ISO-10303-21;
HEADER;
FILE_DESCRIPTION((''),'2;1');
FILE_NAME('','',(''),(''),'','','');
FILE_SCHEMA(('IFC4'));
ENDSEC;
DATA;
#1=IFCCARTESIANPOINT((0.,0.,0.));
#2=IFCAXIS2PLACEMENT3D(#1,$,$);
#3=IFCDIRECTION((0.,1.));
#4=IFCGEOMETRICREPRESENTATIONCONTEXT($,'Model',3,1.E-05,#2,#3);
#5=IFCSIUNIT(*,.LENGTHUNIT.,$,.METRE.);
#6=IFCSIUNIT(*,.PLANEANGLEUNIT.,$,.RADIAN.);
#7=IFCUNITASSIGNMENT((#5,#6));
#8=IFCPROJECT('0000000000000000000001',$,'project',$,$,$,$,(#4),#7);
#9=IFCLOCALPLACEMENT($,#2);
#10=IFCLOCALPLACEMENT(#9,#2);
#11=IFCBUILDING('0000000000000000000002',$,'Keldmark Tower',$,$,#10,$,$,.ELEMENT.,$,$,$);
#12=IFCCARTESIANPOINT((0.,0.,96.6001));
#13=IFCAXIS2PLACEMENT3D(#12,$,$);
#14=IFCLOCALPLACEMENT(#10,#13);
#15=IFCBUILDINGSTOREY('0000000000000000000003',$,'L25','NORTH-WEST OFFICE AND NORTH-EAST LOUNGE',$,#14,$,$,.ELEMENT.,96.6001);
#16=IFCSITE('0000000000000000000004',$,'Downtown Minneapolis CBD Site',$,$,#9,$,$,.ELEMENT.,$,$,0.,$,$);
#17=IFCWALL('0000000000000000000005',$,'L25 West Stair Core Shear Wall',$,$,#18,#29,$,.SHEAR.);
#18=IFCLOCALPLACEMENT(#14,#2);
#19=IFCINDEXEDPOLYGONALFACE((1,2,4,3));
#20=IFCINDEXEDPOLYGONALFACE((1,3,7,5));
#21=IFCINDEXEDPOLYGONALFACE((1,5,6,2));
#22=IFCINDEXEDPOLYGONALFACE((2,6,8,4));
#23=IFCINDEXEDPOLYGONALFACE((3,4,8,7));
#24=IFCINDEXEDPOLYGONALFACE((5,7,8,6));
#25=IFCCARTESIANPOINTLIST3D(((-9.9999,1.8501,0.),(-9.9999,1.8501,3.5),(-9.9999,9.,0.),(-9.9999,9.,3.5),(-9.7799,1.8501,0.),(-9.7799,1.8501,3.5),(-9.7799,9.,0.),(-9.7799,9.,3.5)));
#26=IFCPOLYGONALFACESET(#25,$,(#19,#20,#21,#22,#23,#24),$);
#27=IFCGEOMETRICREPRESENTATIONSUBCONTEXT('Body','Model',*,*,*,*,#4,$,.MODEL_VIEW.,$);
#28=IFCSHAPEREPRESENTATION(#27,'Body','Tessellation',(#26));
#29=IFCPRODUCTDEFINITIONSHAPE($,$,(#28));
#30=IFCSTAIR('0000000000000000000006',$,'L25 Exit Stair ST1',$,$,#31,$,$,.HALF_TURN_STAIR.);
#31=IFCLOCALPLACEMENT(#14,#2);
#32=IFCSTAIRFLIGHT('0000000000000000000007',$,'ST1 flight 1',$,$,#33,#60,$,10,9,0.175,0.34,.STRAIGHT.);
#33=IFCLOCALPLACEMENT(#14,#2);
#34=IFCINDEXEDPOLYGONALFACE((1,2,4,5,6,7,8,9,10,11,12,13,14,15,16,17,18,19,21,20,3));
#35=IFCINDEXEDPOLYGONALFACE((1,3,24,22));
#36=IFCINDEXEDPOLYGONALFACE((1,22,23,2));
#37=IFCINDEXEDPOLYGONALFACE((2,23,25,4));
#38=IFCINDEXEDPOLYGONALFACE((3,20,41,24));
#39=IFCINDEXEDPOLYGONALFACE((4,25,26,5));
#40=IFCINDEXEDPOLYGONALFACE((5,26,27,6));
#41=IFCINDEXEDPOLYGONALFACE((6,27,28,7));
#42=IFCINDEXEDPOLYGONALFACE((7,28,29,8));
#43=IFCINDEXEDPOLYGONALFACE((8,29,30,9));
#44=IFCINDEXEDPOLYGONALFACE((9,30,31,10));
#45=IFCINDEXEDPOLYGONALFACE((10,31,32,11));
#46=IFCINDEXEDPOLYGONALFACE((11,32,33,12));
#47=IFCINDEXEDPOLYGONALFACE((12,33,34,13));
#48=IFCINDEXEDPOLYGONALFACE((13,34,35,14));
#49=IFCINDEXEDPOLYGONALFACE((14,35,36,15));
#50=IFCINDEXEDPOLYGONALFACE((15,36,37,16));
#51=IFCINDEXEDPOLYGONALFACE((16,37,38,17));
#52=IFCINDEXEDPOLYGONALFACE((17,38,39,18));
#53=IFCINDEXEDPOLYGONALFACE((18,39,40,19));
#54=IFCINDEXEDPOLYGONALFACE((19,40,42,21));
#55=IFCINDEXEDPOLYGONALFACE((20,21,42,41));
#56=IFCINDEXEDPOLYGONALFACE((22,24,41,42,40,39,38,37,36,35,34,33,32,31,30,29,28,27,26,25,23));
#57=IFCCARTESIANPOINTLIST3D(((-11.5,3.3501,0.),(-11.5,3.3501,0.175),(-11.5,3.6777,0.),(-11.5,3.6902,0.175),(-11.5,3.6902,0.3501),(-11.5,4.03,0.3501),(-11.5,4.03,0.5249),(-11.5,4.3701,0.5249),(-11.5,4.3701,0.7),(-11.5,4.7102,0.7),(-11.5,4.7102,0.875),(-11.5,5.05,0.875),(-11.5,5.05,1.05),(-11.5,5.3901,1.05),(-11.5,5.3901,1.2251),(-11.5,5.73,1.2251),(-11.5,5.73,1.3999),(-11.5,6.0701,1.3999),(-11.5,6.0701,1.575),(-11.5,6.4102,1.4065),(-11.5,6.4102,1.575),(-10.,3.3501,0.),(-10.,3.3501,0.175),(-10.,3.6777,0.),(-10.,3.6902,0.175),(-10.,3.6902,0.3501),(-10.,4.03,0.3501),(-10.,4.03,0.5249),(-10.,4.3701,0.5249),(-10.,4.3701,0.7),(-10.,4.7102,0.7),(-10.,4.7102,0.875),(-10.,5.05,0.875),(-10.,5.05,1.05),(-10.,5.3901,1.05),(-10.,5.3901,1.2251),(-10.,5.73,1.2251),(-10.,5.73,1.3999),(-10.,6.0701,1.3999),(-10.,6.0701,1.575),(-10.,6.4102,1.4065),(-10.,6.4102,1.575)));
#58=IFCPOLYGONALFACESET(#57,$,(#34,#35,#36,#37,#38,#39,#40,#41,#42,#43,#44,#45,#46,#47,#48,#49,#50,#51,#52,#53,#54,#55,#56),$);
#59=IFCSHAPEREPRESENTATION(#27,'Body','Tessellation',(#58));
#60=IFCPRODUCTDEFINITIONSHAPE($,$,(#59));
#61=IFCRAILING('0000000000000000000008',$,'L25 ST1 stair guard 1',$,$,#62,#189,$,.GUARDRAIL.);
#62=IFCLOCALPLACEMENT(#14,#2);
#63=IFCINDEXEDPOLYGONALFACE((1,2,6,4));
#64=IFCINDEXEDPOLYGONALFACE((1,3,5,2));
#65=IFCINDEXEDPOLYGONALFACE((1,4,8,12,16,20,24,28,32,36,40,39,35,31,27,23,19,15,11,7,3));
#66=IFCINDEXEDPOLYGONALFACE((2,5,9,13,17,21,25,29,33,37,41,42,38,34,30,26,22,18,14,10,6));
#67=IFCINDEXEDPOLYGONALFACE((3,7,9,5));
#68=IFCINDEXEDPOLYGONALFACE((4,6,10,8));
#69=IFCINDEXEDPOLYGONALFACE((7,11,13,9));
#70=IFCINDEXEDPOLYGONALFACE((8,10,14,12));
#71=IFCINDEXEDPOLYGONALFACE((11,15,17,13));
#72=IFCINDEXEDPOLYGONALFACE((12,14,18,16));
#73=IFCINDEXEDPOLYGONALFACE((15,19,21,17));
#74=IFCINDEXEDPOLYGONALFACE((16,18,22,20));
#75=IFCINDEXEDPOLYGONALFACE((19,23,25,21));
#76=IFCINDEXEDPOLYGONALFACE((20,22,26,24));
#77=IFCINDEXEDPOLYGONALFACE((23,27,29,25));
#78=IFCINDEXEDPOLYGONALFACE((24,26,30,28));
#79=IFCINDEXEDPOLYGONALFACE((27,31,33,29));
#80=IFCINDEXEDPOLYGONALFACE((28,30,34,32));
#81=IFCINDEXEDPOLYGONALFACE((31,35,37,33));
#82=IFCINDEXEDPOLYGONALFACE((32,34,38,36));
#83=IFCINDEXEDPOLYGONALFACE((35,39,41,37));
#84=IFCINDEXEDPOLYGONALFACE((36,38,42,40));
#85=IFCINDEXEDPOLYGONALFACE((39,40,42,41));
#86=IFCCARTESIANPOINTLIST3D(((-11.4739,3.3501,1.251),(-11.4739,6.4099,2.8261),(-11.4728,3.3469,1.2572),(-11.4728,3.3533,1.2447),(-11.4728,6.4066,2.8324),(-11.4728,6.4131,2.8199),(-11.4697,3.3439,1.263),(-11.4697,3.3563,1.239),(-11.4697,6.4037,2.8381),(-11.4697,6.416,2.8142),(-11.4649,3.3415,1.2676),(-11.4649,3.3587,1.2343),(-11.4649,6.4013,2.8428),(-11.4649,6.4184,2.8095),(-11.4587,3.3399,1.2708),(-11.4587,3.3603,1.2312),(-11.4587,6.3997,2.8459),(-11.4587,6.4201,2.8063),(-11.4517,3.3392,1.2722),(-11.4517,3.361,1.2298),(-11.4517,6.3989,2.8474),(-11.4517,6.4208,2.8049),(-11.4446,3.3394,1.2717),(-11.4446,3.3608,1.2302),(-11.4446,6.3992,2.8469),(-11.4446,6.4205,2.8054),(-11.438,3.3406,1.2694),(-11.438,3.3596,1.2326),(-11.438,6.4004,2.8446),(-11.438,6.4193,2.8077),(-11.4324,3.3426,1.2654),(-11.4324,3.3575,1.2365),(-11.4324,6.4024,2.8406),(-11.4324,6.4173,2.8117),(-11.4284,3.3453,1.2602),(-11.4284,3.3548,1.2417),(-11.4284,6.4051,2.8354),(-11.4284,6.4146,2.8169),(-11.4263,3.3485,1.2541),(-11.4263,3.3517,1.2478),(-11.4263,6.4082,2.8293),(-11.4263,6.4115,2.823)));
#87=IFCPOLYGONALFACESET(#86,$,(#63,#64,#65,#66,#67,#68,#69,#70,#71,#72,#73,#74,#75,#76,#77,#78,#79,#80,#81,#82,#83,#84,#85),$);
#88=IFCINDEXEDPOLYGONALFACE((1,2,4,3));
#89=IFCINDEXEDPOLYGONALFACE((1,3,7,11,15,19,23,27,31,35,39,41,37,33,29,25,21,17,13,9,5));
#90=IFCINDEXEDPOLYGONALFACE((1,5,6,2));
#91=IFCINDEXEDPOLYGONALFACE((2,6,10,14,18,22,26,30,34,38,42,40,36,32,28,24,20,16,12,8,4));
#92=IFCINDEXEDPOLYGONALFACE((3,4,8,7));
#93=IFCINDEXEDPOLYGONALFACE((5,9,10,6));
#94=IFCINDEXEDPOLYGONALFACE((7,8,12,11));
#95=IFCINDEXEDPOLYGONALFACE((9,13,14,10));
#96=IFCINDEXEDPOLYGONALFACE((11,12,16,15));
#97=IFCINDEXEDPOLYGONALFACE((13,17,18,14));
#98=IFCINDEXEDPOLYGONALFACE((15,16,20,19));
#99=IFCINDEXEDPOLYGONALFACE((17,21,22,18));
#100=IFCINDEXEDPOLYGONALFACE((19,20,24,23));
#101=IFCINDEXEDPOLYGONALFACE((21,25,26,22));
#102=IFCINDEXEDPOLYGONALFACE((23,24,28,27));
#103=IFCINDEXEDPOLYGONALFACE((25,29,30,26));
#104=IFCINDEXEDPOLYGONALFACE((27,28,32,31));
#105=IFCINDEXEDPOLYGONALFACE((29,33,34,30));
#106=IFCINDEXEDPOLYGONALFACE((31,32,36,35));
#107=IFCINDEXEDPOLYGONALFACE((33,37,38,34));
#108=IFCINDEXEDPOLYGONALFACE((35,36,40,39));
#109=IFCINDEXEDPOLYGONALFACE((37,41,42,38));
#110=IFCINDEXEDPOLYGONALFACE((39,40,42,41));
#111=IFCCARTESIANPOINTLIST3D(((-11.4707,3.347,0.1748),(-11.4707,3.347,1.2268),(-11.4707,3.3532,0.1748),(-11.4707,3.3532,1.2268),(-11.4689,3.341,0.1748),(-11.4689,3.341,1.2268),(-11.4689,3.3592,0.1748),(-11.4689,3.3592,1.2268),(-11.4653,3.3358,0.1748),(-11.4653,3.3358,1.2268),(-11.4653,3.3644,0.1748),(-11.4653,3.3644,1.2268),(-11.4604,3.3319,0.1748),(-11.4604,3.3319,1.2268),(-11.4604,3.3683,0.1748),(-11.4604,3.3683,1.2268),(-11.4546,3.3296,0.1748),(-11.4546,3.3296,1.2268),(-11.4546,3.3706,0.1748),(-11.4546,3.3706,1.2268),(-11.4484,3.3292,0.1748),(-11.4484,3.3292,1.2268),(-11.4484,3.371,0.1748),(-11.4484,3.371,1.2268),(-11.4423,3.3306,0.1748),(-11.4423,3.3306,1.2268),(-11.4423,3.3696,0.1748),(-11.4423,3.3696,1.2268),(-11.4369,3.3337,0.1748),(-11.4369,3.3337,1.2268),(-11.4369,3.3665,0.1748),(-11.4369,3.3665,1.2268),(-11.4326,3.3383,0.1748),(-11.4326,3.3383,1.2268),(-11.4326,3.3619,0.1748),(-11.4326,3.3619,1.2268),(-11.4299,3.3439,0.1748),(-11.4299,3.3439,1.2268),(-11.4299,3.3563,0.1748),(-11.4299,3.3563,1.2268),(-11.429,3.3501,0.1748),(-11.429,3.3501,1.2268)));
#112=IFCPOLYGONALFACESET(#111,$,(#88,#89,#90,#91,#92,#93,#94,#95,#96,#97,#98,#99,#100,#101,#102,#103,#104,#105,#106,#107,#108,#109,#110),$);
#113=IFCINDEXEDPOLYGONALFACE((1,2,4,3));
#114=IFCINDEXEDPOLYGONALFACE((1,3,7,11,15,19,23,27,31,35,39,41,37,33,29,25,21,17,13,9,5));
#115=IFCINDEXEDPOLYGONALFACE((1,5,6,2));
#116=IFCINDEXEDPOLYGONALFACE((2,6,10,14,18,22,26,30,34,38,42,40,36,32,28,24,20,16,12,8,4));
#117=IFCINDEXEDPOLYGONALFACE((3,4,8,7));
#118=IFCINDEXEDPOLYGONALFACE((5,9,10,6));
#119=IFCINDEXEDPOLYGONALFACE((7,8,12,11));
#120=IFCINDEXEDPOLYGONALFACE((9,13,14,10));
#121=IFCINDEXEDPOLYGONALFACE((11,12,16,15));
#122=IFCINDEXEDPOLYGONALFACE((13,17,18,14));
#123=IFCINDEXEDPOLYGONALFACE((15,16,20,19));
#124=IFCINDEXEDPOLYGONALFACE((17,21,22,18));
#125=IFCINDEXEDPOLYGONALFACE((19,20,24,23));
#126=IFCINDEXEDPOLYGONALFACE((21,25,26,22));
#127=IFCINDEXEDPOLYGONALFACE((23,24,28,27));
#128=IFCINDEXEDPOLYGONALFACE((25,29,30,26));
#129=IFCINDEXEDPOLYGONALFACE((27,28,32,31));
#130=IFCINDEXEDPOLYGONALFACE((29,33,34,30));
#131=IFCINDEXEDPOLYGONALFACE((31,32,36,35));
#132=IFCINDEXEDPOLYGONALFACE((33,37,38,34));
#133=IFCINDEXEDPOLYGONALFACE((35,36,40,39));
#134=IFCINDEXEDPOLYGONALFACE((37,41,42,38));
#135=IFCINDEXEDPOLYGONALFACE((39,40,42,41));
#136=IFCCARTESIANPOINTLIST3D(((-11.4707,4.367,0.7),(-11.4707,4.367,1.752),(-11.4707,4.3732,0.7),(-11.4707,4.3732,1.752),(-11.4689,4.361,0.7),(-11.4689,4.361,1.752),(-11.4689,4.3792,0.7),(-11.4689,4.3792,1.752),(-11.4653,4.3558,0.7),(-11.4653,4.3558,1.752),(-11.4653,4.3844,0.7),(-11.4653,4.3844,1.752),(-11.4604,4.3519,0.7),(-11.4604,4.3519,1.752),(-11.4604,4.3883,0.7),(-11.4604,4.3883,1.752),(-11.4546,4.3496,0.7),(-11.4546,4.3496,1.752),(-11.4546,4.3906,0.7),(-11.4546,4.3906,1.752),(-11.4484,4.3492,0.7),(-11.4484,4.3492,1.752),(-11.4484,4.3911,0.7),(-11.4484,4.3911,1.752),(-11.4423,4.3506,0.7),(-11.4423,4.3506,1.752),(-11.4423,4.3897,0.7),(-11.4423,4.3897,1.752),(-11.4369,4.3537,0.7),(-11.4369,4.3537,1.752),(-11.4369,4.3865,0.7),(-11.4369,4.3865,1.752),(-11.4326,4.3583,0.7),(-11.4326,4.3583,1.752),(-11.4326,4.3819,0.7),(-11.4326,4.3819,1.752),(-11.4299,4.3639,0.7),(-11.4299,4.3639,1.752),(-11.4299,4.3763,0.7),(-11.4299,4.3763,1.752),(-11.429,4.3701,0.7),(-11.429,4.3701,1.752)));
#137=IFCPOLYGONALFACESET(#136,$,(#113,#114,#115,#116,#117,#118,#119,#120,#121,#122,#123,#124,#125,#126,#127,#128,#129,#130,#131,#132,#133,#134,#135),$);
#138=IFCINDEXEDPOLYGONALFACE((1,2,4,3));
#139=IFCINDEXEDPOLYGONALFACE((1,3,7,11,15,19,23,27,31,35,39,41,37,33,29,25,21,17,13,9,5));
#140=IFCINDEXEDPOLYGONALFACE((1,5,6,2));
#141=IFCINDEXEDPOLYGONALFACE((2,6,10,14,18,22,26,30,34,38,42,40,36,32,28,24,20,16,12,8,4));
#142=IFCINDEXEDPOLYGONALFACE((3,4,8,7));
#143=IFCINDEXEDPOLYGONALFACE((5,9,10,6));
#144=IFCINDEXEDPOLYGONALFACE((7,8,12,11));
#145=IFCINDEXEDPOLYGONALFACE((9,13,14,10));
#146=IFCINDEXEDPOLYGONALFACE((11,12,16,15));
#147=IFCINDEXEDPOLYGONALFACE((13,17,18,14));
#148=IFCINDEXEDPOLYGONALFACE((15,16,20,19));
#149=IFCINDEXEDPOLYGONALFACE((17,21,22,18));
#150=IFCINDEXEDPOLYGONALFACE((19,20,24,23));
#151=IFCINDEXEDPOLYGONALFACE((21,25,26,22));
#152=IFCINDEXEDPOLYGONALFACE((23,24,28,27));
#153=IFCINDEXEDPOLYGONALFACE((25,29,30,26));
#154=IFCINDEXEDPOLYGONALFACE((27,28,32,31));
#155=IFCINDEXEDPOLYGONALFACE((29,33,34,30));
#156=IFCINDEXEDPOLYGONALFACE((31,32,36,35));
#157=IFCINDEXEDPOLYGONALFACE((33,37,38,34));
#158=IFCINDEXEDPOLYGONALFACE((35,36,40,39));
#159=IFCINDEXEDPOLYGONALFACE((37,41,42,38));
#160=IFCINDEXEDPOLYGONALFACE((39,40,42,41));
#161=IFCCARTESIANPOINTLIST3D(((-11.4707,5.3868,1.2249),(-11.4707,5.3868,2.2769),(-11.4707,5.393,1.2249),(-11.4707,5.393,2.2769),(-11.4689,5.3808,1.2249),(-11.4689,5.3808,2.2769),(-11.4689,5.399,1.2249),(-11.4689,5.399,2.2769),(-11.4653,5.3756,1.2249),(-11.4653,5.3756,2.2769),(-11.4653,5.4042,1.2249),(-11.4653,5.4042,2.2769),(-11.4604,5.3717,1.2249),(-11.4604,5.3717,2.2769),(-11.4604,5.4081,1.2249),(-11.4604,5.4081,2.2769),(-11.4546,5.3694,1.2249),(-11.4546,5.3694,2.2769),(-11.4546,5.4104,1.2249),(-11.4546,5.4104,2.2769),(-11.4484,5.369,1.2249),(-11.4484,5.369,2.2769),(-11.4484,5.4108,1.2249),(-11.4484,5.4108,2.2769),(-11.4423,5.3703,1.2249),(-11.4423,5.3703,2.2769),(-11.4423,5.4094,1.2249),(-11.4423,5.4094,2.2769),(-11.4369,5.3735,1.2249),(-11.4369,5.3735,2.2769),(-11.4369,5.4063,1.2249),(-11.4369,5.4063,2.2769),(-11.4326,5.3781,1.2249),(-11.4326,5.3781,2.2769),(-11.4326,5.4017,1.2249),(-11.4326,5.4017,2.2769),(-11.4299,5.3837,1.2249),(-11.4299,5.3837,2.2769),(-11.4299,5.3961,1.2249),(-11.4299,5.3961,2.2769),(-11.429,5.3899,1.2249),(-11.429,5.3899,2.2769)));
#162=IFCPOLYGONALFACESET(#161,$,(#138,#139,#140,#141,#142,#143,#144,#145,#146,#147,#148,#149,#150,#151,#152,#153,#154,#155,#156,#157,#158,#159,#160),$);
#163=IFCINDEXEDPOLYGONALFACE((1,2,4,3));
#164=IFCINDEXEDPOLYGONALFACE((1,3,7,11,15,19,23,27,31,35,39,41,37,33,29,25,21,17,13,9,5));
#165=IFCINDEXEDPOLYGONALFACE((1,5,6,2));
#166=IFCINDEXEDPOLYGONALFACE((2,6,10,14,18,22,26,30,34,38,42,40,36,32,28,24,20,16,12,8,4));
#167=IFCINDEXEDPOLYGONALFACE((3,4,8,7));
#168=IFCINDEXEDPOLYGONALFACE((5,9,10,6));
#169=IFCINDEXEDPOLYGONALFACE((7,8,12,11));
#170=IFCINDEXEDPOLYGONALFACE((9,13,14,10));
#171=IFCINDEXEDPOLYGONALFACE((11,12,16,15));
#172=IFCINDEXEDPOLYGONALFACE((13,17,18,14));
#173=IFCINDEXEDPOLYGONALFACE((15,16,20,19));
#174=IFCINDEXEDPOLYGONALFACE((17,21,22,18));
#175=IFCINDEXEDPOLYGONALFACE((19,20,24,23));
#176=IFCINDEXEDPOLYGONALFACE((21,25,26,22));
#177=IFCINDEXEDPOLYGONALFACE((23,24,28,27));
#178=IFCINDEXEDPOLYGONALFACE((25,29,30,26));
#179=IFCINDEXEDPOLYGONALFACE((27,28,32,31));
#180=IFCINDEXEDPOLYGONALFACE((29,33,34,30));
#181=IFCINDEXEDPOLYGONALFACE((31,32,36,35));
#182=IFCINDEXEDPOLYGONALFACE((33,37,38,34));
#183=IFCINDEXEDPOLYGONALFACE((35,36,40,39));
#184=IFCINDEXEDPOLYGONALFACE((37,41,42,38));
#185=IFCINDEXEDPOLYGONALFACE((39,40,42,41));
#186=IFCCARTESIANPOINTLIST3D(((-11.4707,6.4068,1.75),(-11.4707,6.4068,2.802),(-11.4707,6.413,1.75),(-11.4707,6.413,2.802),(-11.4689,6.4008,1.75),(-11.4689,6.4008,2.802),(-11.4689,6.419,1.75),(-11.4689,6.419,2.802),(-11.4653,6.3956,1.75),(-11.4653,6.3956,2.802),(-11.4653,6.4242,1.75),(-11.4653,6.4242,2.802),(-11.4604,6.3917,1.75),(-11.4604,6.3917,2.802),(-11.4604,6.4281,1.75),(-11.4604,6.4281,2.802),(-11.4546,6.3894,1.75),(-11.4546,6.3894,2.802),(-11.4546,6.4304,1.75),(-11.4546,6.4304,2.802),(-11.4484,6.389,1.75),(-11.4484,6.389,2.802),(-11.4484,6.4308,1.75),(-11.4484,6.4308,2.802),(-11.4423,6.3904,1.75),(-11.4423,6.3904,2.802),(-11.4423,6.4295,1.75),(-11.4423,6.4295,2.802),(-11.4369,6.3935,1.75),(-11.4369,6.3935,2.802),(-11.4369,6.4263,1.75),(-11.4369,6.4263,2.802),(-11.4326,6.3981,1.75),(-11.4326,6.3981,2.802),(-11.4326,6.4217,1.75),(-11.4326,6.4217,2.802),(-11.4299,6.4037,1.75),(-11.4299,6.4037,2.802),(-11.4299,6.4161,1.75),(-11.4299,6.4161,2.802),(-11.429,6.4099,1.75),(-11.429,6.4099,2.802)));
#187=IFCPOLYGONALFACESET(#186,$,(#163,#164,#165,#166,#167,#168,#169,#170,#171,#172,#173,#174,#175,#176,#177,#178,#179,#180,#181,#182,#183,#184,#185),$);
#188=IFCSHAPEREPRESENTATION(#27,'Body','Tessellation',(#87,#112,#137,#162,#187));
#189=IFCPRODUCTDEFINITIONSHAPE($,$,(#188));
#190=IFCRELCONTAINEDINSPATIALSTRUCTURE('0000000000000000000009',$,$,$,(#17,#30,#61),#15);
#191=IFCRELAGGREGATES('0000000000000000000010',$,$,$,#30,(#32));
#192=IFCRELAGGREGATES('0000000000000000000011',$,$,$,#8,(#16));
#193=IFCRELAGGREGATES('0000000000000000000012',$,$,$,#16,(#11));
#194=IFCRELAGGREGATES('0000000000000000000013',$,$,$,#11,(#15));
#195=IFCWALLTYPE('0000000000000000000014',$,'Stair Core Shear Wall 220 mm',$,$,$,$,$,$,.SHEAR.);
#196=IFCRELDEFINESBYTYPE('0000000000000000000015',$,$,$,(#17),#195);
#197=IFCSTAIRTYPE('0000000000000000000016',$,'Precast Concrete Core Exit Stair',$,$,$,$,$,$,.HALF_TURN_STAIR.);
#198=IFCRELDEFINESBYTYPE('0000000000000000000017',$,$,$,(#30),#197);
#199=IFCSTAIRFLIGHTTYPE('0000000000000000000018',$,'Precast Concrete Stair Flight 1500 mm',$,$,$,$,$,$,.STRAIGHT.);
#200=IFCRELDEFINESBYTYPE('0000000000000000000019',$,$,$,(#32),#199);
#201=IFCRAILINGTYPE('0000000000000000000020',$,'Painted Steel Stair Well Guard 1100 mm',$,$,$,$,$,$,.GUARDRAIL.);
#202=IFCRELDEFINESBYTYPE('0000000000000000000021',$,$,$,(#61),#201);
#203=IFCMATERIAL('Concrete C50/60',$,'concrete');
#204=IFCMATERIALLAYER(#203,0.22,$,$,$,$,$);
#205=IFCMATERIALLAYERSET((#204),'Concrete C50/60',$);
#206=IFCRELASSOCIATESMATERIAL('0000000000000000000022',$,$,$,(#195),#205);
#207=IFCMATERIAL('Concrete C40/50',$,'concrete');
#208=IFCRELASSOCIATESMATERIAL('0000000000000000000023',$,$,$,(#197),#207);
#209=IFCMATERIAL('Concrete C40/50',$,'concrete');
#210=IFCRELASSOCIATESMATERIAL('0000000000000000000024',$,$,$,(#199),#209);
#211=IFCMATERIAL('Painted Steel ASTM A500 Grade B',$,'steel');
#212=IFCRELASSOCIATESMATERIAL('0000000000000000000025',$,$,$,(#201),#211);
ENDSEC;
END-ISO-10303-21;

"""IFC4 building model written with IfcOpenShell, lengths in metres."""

from ifc_helpers import new_model, si_unit, direction, frame, frame_2d, origin, origin_2d, place, context, subcontext, project, spatial, polyline, rectangle, circle, outline, extrude, material, layer, layer_set, type_object, element, aggregate, save


model = new_model("IFC4")

# Units and contexts
model_context = context("Model", 3, precision=1e-05, world=origin(), true_north=direction((0.0, 1.0)))
body_context = subcontext(model_context, "Body", "Model", "MODEL_VIEW")
ifc_project = project(units=[si_unit("LENGTHUNIT", "METRE"), si_unit("PLANEANGLEUNIT", "RADIAN")], contexts=[model_context])

# Site, building, storey
site_placement = place(None, origin())
site = spatial("IfcSite", under=ifc_project, at=site_placement, Name="Downtown Minneapolis CBD Site", CompositionType="ELEMENT", RefElevation=0.0)
building_placement = place(site_placement, origin())
building = spatial("IfcBuilding", under=site, at=building_placement, Name="Keldmark Tower", CompositionType="ELEMENT")
storey_placement = place(building_placement, frame((0.0, 0.0, 96.6001)))
storey = spatial("IfcBuildingStorey", under=building, at=storey_placement, Name="L25", Description="NORTH-WEST OFFICE AND NORTH-EAST LOUNGE", CompositionType="ELEMENT", Elevation=96.6001)

# Wall
ifc_material_1 = material(Name="Concrete C50/60", Category="concrete")
ifc_layer_1 = layer(ifc_material_1, 0.22)
ifc_layer_set_1 = layer_set([ifc_layer_1], Name="Concrete C50/60")
wall_type_1 = type_object("IfcWallType", Name="Stair Core Shear Wall 220 mm", PredefinedType="SHEAR", material=ifc_layer_set_1)
wall_1_placement = place(storey_placement, frame((-9.8899, 1.8501, 0.0), z_axis=(0.0, 0.0, 1.0), x_axis=(0.0, 1.0, 0.0)))
element("IfcWall", 1, at=wall_1_placement, inside=storey, type_object=wall_type_1, Name="L25 West Stair Core Shear Wall", PredefinedType="SHEAR", context=body_context, shape_type="SweptSolid", body=[
    extrude(rectangle(XDim=7.1499, YDim=0.22, at=frame_2d((3.575, 0.0))), origin(), (0.0, 0.0, 1.0), 3.5),
])

# Stair, stair flight
ifc_material_2 = material(Name="Concrete C40/50", Category="concrete")
stair_type = type_object("IfcStairType", Name="Precast Concrete Core Exit Stair", PredefinedType="HALF_TURN_STAIR", material=ifc_material_2)
stair_placement = place(storey_placement, origin())
stair = element("IfcStair", 2, at=stair_placement, inside=storey, type_object=stair_type, Name="L25 Exit Stair ST1", PredefinedType="HALF_TURN_STAIR")
ifc_material_3 = material(Name="Concrete C40/50", Category="concrete")
stair_flight_type = type_object("IfcStairFlightType", Name="Precast Concrete Stair Flight 1500 mm", PredefinedType="STRAIGHT", material=ifc_material_3)
stair_flight_placement = place(storey_placement, frame((-10.75, 3.3501, 0.0), z_axis=(0.0, 0.0, 1.0), x_axis=(0.0, 1.0, 0.0)))
stair_flight = element("IfcStairFlight", 3, at=stair_flight_placement, type_object=stair_flight_type, Name="ST1 flight 1", NumberOfRisers=10, NumberOfTreads=9, PredefinedType="STRAIGHT", RiserHeight=0.175, TreadLength=0.34, context=body_context, shape_type="SweptSolid", body=[
    extrude(outline(polyline([(0.0, 0.0), (0.0, 0.175), (0.3401, 0.175), (0.3401, 0.3501), (0.6799, 0.3501), (0.6799, 0.5249), (1.02, 0.5249), (1.02, 0.7), (1.3601, 0.7), (1.3601, 0.875), (1.7, 0.875), (1.7, 1.05), (2.04, 1.05), (2.04, 1.2251), (2.3799, 1.2251), (2.3799, 1.3999), (2.72, 1.3999), (2.72, 1.575), (3.0601, 1.575), (3.0601, 1.75), (3.0601, 1.4065), (0.3276, 0.0), (0.0, 0.0)])), frame((0.0, 0.75, 0.0), z_axis=(0.0, -1.0, 0.0), x_axis=(1.0, 0.0, 0.0)), (0.0, 0.0, 1.0), 1.5),
])
aggregate(stair, [stair_flight])

# Railing
ifc_material_4 = material(Name="Painted Steel ASTM A500 Grade B", Category="steel")
railing_type_1 = type_object("IfcRailingType", Name="Painted Steel Stair Well Guard 1100 mm", PredefinedType="GUARDRAIL", material=ifc_material_4)
railing_1_placement = place(storey_placement, frame((-11.45, 3.3501, 0.1748)))
element("IfcRailing", 4, at=railing_1_placement, inside=storey, type_object=railing_type_1, Name="L25 ST1 stair guard 1", PredefinedType="GUARDRAIL", context=body_context, shape_type="SweptSolid", body=[
    extrude(circle(Radius=0.0239, at=origin_2d()), frame((0.0, 0.0, 1.0762), z_axis=(0.0, 0.889101, 0.45771), x_axis=(-1.0, 0.0, 0.0)), (0.0, 0.0, 1.0), 3.4414),
    extrude(circle(Radius=0.021, at=origin_2d()), origin(), (0.0, 0.0, 1.0), 1.052),
    extrude(circle(Radius=0.021, at=origin_2d()), frame((0.0, 1.02, 0.5251)), (0.0, 0.0, 1.0), 1.052),
    extrude(circle(Radius=0.021, at=origin_2d()), frame((0.0, 2.0398, 1.05)), (0.0, 0.0, 1.0), 1.052),
    extrude(circle(Radius=0.021, at=origin_2d()), frame((0.0, 3.0598, 1.5752)), (0.0, 0.0, 1.0), 1.052),
])

save(model, "model.ifc")
